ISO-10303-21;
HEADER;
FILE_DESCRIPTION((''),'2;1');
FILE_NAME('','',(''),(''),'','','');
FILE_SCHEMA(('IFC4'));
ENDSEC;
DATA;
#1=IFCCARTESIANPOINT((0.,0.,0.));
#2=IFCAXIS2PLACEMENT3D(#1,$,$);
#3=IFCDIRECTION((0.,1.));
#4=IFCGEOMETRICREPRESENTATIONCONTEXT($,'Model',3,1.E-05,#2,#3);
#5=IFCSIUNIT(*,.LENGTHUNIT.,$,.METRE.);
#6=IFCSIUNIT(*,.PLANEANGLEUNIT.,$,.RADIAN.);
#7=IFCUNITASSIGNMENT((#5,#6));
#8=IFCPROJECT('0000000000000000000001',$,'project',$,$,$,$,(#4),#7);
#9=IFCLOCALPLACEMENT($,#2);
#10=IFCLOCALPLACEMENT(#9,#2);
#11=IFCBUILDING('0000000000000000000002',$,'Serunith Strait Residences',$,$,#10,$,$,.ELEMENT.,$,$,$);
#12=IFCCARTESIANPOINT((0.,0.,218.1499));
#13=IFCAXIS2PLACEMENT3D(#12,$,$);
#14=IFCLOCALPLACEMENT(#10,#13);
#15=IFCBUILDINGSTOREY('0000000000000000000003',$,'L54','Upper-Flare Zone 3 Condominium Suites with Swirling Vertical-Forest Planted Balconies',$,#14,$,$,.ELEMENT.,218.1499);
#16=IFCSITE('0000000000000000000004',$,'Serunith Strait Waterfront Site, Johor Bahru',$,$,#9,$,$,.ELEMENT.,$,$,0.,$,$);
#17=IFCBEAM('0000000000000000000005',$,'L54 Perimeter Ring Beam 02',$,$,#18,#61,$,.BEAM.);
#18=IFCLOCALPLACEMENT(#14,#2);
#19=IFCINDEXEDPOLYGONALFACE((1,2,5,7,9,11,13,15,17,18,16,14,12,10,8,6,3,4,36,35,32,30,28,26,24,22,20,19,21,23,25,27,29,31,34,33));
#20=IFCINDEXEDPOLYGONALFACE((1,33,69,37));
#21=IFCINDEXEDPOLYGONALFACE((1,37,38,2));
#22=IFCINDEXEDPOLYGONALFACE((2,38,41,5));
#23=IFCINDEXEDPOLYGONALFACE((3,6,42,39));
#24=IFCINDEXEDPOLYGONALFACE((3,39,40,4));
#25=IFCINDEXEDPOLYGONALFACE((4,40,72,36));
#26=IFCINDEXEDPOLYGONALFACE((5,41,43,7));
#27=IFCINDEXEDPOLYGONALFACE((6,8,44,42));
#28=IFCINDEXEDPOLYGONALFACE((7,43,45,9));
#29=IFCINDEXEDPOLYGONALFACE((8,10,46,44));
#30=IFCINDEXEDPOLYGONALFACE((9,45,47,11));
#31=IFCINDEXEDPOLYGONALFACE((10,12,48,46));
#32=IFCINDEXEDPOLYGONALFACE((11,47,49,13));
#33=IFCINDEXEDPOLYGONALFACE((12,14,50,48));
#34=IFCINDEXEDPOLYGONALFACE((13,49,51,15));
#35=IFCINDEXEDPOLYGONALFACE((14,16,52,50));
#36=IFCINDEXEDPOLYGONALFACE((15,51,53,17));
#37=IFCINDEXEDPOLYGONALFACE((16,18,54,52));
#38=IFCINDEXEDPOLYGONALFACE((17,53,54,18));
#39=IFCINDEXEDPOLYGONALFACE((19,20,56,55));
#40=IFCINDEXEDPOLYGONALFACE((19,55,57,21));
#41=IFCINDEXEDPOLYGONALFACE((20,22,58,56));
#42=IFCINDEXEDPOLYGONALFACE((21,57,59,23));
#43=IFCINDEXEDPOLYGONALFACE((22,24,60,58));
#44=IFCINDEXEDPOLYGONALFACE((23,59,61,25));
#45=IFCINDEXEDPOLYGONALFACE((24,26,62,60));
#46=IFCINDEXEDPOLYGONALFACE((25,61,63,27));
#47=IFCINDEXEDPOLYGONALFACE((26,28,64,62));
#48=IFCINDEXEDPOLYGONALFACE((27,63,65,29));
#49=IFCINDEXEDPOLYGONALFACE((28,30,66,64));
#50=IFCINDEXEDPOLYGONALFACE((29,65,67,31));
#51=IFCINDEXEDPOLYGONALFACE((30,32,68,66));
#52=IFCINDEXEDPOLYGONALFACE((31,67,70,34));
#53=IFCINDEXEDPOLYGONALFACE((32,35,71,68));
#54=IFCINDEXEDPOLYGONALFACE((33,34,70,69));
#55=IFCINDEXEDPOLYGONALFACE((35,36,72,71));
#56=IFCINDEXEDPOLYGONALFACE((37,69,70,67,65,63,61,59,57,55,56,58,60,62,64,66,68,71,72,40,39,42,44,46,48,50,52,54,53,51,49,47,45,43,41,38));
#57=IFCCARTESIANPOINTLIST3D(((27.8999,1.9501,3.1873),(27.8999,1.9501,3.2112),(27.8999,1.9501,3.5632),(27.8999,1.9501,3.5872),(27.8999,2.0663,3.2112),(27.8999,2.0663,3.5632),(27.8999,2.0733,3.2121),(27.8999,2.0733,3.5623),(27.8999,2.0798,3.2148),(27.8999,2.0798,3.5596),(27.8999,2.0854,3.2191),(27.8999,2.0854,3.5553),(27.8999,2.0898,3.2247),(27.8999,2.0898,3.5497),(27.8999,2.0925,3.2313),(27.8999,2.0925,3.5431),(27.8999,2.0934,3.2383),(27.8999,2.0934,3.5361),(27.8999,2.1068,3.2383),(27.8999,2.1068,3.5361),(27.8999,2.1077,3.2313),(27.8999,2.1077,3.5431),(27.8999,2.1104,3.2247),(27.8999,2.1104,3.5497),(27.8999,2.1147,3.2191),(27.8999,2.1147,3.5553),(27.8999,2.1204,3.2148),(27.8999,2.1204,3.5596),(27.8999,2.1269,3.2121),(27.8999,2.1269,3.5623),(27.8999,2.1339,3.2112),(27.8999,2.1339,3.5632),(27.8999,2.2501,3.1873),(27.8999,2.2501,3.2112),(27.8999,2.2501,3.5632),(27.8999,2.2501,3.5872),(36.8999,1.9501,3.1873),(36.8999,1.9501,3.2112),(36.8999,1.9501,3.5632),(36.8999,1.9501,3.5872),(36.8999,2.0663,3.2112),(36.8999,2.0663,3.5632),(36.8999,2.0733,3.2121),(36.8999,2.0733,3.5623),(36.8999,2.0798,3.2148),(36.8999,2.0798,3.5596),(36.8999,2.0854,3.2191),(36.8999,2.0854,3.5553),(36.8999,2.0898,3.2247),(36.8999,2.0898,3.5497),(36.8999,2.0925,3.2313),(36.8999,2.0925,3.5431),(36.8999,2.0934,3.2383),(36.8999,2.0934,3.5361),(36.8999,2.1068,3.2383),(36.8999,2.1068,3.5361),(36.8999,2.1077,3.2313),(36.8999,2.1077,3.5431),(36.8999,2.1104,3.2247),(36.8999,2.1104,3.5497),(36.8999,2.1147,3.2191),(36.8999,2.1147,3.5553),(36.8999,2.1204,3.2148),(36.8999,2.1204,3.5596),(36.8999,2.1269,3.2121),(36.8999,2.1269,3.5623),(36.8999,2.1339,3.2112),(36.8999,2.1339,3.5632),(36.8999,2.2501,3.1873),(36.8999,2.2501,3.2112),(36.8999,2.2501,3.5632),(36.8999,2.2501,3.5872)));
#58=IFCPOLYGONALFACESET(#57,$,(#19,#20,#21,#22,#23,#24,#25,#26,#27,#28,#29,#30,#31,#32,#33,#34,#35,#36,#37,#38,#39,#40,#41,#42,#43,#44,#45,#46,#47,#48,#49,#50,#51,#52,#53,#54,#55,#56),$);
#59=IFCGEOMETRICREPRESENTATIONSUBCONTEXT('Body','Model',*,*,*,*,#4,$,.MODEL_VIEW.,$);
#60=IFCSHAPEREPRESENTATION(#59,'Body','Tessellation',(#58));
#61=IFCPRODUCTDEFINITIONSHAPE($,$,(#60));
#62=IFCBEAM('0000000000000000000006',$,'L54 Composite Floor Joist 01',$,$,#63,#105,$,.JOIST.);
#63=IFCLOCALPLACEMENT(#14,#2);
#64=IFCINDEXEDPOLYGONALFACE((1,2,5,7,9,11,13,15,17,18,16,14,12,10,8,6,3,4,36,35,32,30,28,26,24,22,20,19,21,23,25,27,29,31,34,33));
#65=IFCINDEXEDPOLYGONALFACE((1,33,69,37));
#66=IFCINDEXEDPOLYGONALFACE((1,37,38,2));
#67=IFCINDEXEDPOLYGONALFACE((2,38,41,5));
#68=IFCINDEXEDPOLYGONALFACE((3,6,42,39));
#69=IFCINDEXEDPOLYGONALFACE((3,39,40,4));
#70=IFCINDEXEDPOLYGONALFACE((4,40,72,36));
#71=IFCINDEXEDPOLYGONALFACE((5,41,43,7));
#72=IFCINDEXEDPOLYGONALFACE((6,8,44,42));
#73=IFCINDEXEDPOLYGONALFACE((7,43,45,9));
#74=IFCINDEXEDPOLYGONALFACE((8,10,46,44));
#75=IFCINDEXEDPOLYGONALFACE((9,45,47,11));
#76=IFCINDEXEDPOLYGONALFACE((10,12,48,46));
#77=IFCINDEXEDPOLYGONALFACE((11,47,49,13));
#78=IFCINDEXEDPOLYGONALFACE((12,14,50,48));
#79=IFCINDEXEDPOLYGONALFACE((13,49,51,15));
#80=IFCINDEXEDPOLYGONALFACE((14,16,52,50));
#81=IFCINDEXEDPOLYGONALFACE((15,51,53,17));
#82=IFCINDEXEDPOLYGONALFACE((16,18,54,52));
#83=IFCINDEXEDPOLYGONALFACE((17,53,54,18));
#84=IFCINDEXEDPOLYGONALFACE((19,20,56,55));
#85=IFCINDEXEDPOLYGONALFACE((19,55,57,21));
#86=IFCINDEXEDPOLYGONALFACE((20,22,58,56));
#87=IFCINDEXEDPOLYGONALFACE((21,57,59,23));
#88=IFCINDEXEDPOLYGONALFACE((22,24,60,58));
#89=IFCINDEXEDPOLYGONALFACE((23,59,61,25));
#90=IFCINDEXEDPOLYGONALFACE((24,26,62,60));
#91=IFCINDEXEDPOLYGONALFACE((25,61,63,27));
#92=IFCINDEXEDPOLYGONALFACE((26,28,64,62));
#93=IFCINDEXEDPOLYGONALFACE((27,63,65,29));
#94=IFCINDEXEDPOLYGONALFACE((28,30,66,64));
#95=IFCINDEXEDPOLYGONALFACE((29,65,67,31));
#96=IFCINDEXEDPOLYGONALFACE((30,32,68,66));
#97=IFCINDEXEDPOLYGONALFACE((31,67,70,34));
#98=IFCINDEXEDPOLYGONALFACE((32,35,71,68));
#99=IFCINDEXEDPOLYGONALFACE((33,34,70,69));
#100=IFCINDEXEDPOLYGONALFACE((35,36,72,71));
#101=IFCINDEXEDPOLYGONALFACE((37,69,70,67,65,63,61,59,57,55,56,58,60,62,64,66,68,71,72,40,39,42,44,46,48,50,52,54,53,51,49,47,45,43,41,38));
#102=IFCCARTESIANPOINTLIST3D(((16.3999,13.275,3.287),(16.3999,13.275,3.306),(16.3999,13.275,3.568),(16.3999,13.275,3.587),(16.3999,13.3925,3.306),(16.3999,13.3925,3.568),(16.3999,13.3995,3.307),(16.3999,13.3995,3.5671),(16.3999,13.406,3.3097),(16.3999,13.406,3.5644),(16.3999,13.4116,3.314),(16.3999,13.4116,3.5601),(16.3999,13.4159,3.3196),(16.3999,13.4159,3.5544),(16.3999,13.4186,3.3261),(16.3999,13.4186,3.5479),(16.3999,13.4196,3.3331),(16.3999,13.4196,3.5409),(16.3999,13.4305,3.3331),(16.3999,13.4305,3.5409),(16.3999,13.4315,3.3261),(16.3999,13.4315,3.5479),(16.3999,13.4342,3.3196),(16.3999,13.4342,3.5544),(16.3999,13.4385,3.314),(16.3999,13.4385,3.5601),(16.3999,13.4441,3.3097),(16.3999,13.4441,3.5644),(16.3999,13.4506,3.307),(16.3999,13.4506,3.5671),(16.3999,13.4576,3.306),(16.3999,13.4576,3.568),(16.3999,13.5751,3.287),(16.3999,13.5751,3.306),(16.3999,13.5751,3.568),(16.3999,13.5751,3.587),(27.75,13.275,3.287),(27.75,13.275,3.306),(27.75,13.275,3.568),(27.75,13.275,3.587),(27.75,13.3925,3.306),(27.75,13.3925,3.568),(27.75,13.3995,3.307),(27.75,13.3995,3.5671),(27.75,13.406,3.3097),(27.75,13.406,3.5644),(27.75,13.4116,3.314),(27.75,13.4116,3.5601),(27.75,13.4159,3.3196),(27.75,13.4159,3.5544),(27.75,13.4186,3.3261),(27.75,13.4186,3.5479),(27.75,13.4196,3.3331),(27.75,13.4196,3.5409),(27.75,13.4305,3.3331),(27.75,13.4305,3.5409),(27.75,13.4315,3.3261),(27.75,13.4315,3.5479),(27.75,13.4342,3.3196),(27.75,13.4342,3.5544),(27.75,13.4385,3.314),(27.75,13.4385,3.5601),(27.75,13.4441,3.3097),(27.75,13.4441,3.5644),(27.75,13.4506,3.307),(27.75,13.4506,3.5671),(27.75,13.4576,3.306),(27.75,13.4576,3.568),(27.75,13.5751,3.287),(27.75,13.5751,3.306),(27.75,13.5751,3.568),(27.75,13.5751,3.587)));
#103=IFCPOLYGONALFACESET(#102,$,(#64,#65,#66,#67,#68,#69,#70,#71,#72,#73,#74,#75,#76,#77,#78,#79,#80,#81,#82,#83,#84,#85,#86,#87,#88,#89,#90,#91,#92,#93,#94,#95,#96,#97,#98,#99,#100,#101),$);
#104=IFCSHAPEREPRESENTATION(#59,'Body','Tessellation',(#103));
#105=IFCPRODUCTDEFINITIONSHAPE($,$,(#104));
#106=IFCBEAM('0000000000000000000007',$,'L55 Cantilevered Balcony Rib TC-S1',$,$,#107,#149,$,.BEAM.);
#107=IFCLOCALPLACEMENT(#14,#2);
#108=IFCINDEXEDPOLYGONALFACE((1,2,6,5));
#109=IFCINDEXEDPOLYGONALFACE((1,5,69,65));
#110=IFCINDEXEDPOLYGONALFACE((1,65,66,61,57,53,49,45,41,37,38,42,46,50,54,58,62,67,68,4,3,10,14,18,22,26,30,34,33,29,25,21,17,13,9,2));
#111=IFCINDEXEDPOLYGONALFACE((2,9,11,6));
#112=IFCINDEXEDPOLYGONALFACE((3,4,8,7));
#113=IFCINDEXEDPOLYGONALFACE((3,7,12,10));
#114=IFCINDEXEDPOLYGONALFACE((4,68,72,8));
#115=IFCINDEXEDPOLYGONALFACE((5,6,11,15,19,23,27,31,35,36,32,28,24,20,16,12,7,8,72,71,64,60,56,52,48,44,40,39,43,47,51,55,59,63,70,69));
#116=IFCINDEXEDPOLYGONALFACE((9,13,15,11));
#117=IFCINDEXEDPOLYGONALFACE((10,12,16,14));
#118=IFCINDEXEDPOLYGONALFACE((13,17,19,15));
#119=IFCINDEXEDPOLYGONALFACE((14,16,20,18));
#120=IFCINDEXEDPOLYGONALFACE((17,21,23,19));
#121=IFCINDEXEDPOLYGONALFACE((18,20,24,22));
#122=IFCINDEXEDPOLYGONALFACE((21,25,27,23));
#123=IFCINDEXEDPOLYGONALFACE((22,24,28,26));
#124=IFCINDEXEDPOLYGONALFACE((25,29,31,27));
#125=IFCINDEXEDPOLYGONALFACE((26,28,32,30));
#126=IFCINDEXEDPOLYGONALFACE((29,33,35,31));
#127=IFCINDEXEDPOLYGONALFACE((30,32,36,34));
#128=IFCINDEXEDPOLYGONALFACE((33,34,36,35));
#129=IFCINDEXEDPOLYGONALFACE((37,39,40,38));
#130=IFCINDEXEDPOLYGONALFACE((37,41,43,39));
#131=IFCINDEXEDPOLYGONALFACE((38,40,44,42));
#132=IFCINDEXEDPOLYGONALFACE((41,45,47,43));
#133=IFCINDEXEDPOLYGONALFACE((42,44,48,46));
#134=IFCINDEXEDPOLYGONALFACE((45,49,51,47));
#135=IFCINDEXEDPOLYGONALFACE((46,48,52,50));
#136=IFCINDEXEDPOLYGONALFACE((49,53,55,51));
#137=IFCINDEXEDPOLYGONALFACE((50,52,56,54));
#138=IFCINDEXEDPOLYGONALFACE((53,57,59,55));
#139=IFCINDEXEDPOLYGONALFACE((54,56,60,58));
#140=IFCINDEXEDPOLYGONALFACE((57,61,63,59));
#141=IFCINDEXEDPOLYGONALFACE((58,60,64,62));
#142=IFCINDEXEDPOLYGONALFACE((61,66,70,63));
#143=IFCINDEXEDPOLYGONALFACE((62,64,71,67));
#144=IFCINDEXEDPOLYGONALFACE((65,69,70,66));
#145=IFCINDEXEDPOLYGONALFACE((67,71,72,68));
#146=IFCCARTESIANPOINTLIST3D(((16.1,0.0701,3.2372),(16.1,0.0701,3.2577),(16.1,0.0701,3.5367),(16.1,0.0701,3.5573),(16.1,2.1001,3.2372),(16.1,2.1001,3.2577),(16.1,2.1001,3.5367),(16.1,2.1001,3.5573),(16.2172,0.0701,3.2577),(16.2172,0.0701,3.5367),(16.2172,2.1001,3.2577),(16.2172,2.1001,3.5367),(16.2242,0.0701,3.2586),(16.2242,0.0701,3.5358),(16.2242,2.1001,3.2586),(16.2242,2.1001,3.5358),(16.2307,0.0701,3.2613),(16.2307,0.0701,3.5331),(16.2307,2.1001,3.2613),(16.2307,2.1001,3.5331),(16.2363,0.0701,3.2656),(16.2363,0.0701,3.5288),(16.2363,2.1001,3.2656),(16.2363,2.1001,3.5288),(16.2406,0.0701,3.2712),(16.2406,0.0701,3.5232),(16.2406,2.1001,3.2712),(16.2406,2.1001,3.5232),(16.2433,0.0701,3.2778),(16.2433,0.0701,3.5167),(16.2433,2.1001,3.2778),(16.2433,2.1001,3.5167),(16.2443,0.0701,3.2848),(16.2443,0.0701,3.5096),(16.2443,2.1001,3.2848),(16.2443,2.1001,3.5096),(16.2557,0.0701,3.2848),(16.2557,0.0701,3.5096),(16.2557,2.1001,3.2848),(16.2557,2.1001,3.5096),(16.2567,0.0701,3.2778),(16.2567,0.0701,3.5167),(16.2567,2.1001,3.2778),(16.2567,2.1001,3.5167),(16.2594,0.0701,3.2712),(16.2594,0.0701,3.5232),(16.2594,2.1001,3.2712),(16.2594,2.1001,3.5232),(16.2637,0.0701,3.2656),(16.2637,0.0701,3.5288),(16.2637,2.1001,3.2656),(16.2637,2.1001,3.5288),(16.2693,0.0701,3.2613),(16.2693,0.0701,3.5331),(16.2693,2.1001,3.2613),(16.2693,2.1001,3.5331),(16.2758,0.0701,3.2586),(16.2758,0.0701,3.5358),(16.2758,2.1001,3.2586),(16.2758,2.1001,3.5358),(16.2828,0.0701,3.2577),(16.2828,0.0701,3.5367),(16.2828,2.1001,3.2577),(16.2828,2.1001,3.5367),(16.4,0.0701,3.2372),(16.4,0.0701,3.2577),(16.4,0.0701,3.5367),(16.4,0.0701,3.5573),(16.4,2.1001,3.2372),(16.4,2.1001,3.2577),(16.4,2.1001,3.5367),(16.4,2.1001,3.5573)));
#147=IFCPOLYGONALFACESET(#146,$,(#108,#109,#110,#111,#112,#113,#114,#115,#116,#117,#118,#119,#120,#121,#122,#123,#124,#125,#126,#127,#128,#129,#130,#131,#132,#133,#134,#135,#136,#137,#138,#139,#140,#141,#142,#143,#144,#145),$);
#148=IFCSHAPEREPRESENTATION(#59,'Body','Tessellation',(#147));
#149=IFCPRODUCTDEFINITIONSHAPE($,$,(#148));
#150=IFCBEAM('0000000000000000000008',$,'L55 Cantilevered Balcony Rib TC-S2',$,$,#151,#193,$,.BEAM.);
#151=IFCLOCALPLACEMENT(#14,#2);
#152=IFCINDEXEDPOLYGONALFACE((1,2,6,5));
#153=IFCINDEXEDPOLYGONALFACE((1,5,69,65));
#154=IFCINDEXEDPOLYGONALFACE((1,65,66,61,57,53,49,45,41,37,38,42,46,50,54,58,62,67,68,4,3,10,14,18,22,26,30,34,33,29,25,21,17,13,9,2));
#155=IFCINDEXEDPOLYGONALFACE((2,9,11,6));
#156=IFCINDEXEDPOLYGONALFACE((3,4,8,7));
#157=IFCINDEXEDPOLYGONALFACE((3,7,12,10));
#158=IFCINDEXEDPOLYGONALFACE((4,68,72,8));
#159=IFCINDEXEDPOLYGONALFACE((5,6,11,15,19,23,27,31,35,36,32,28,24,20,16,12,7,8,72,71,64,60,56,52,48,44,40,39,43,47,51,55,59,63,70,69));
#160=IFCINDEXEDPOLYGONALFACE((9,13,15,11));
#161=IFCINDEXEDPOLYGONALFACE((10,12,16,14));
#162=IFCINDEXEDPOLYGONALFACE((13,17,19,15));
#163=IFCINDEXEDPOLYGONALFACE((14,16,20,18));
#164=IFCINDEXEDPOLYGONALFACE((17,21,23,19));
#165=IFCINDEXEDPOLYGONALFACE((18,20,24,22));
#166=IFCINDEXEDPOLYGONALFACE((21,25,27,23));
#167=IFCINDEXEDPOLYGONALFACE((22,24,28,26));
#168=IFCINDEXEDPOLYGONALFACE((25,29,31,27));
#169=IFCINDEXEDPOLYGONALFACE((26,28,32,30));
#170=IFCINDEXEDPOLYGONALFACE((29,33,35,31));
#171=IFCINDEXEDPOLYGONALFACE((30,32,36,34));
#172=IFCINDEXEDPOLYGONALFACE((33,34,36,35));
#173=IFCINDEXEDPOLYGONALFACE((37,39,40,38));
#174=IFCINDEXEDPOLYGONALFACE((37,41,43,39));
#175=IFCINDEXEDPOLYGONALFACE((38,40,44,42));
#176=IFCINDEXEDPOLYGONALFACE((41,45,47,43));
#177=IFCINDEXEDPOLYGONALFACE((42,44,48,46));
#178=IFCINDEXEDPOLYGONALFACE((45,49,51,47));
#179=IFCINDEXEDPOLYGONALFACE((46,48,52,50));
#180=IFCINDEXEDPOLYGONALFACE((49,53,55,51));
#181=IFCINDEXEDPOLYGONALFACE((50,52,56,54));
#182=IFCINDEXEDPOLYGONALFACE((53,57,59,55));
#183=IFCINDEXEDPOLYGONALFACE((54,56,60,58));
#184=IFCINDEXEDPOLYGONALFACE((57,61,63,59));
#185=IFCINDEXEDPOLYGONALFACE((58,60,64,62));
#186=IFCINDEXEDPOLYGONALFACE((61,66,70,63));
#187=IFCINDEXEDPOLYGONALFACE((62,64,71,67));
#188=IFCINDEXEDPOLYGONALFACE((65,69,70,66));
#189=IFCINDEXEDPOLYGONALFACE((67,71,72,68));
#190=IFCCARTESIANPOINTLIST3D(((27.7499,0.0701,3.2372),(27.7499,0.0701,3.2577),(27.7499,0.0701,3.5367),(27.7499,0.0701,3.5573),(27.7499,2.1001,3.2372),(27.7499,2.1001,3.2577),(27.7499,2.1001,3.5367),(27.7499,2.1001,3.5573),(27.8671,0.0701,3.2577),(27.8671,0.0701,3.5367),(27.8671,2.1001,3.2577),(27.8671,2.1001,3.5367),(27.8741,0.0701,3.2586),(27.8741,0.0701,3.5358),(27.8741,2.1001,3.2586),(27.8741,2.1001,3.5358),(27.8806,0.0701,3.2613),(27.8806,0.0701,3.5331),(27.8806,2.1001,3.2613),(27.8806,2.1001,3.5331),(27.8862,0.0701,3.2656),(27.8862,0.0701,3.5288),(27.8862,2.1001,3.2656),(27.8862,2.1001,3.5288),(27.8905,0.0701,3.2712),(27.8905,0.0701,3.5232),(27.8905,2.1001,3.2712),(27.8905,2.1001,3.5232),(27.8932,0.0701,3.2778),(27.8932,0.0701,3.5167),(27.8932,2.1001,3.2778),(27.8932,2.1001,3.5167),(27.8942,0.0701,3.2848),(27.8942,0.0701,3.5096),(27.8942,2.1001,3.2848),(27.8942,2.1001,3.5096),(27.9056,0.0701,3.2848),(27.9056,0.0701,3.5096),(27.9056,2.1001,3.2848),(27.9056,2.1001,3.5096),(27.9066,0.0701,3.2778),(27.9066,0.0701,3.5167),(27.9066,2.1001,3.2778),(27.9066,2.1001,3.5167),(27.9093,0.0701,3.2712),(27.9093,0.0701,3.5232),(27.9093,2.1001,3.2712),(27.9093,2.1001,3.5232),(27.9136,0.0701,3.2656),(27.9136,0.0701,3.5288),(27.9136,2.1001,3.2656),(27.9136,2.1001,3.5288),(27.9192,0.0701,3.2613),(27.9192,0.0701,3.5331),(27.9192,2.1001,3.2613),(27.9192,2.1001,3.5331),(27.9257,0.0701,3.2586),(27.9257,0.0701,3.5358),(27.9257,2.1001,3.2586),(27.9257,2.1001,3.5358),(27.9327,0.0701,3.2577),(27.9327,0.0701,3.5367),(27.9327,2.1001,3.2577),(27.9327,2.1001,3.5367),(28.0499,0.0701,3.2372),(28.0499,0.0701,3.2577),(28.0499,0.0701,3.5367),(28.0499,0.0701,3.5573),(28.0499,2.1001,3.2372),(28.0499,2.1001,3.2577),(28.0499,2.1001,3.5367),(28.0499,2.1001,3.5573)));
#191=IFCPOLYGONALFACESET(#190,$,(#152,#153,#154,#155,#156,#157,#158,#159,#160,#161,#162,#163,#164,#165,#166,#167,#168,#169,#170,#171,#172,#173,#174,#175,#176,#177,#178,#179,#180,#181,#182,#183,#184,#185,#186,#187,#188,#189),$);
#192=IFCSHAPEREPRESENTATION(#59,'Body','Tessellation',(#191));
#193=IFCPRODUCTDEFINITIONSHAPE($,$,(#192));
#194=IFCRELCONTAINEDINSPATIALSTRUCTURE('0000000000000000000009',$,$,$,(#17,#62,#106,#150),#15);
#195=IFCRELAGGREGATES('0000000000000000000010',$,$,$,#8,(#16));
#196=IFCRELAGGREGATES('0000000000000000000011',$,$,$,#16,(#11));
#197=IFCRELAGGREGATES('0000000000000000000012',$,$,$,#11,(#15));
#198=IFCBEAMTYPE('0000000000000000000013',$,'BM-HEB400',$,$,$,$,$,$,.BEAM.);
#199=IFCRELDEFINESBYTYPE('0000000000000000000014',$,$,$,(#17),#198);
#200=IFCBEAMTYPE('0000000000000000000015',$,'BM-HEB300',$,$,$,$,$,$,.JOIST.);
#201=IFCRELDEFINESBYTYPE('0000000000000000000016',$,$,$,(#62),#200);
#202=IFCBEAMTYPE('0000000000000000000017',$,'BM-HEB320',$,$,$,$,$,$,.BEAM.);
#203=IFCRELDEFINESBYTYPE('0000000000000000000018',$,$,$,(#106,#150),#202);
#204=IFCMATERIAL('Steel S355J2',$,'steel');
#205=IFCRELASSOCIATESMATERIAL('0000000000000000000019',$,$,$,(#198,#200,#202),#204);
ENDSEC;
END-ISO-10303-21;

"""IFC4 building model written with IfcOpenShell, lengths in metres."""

from ifc_helpers import new_model, si_unit, direction, frame, origin, origin_2d, place, context, subcontext, project, spatial, i_section, extrude, source, transform, mapped, material, material_profile, profile_set, type_object, element, save


model = new_model("IFC4")

# Units and contexts
model_context = context("Model", 3, precision=1e-05, world=origin(), true_north=direction((0.0, 1.0)))
body_context = subcontext(model_context, "Body", "Model", "MODEL_VIEW")
ifc_project = project(units=[si_unit("LENGTHUNIT", "METRE"), si_unit("PLANEANGLEUNIT", "RADIAN")], contexts=[model_context])

# Site, building, storey
site_placement = place(None, origin())
site = spatial("IfcSite", under=ifc_project, at=site_placement, Name="Serunith Strait Waterfront Site, Johor Bahru", CompositionType="ELEMENT", RefElevation=0.0)
building_placement = place(site_placement, origin())
building = spatial("IfcBuilding", under=site, at=building_placement, Name="Serunith Strait Residences", CompositionType="ELEMENT")
storey_placement = place(building_placement, frame((0.0, 0.0, 218.1499)))
storey = spatial("IfcBuildingStorey", under=building, at=storey_placement, Name="L54", Description="Upper-Flare Zone 3 Condominium Suites with Swirling Vertical-Forest Planted Balconies", CompositionType="ELEMENT", Elevation=218.1499)

# Beams
ifc_material_1 = material(Name="Steel S355J2", Category="steel")
ifc_material_profile_1 = material_profile(ifc_material_1, i_section(OverallWidth=0.3, OverallDepth=0.3999, WebThickness=0.0134, FlangeThickness=0.0239, FilletRadius=0.0271, at=origin_2d()), Name="HEB 400")
ifc_profile_set_1 = profile_set([ifc_material_profile_1], Name="Steel S355J2")
beam_type_1 = type_object("IfcBeamType", Name="BM-HEB400", PredefinedType="BEAM", material=ifc_profile_set_1)
shared_shape_1 = source(origin(), body_context, "Body", "SweptSolid", [
    extrude(i_section(OverallWidth=0.3, OverallDepth=0.3999, WebThickness=0.0134, FlangeThickness=0.0239, FilletRadius=0.0271, at=origin_2d()), origin(), (0.0, 0.0, 1.0), 9.0),
])
beam_1_placement = place(storey_placement, frame((27.8999, 2.1001, 3.3872), z_axis=(1.0, 0.0, 0.0), x_axis=(0.0, 1.0, 0.0)))
element("IfcBeam", 1, at=beam_1_placement, inside=storey, type_object=beam_type_1, Name="L54 Perimeter Ring Beam 02", PredefinedType="BEAM", context=body_context, shape_type="MappedRepresentation", body=[
    mapped(shared_shape_1, transform((0.0, 0.0, 0.0), scale=1.0)),
])
ifc_material_profile_2 = material_profile(ifc_material_1, i_section(OverallWidth=0.3, OverallDepth=0.3, WebThickness=0.011, FlangeThickness=0.019, FilletRadius=0.0271, at=origin_2d()), Name="HEB 300")
ifc_profile_set_2 = profile_set([ifc_material_profile_2], Name="Steel S355J2")
beam_type_2 = type_object("IfcBeamType", Name="BM-HEB300", PredefinedType="JOIST", material=ifc_profile_set_2)
shared_shape_2 = source(origin(), body_context, "Body", "SweptSolid", [
    extrude(i_section(OverallWidth=0.3, OverallDepth=0.3, WebThickness=0.011, FlangeThickness=0.019, FilletRadius=0.0271, at=origin_2d()), origin(), (0.0, 0.0, 1.0), 11.3501),
])
beam_2_placement = place(storey_placement, frame((16.3999, 13.425, 3.437), z_axis=(1.0, 0.0, 0.0), x_axis=(0.0, 1.0, 0.0)))
element("IfcBeam", 2, at=beam_2_placement, inside=storey, type_object=beam_type_2, Name="L54 Composite Floor Joist 01", PredefinedType="JOIST", context=body_context, shape_type="MappedRepresentation", body=[
    mapped(shared_shape_2, transform((0.0, 0.0, 0.0), scale=1.0)),
])
ifc_material_profile_3 = material_profile(ifc_material_1, i_section(OverallWidth=0.3, OverallDepth=0.3201, WebThickness=0.0115, FlangeThickness=0.0205, FilletRadius=0.0271, at=origin_2d()), Name="HEB 320")
ifc_profile_set_3 = profile_set([ifc_material_profile_3], Name="Steel S355J2")
beam_type_3 = type_object("IfcBeamType", Name="BM-HEB320", PredefinedType="BEAM", material=ifc_profile_set_3)
shared_shape_3 = source(origin(), body_context, "Body", "SweptSolid", [
    extrude(i_section(OverallWidth=0.3, OverallDepth=0.3201, WebThickness=0.0115, FlangeThickness=0.0205, FilletRadius=0.0271, at=origin_2d()), origin(), (0.0, 0.0, 1.0), 2.03),
])
for number, where, z_axis, x_axis, name in (
    (3, (16.25, 2.1001, 3.3972), (0.0, -1.0, 0.0), (1.0, 0.0, 0.0), "L55 Cantilevered Balcony Rib TC-S1"),
    (4, (27.8999, 2.1001, 3.3972), (0.0, -1.0, 0.0), (1.0, 0.0, 0.0), "L55 Cantilevered Balcony Rib TC-S2"),
):
    element("IfcBeam", number, at=place(storey_placement, frame(where, z_axis=z_axis, x_axis=x_axis)), inside=storey, type_object=beam_type_3, Name=name, PredefinedType="BEAM", context=body_context, shape_type="MappedRepresentation", body=[
        mapped(shared_shape_3, transform((0.0, 0.0, 0.0), scale=1.0)),
    ])

save(model, "model.ifc")
